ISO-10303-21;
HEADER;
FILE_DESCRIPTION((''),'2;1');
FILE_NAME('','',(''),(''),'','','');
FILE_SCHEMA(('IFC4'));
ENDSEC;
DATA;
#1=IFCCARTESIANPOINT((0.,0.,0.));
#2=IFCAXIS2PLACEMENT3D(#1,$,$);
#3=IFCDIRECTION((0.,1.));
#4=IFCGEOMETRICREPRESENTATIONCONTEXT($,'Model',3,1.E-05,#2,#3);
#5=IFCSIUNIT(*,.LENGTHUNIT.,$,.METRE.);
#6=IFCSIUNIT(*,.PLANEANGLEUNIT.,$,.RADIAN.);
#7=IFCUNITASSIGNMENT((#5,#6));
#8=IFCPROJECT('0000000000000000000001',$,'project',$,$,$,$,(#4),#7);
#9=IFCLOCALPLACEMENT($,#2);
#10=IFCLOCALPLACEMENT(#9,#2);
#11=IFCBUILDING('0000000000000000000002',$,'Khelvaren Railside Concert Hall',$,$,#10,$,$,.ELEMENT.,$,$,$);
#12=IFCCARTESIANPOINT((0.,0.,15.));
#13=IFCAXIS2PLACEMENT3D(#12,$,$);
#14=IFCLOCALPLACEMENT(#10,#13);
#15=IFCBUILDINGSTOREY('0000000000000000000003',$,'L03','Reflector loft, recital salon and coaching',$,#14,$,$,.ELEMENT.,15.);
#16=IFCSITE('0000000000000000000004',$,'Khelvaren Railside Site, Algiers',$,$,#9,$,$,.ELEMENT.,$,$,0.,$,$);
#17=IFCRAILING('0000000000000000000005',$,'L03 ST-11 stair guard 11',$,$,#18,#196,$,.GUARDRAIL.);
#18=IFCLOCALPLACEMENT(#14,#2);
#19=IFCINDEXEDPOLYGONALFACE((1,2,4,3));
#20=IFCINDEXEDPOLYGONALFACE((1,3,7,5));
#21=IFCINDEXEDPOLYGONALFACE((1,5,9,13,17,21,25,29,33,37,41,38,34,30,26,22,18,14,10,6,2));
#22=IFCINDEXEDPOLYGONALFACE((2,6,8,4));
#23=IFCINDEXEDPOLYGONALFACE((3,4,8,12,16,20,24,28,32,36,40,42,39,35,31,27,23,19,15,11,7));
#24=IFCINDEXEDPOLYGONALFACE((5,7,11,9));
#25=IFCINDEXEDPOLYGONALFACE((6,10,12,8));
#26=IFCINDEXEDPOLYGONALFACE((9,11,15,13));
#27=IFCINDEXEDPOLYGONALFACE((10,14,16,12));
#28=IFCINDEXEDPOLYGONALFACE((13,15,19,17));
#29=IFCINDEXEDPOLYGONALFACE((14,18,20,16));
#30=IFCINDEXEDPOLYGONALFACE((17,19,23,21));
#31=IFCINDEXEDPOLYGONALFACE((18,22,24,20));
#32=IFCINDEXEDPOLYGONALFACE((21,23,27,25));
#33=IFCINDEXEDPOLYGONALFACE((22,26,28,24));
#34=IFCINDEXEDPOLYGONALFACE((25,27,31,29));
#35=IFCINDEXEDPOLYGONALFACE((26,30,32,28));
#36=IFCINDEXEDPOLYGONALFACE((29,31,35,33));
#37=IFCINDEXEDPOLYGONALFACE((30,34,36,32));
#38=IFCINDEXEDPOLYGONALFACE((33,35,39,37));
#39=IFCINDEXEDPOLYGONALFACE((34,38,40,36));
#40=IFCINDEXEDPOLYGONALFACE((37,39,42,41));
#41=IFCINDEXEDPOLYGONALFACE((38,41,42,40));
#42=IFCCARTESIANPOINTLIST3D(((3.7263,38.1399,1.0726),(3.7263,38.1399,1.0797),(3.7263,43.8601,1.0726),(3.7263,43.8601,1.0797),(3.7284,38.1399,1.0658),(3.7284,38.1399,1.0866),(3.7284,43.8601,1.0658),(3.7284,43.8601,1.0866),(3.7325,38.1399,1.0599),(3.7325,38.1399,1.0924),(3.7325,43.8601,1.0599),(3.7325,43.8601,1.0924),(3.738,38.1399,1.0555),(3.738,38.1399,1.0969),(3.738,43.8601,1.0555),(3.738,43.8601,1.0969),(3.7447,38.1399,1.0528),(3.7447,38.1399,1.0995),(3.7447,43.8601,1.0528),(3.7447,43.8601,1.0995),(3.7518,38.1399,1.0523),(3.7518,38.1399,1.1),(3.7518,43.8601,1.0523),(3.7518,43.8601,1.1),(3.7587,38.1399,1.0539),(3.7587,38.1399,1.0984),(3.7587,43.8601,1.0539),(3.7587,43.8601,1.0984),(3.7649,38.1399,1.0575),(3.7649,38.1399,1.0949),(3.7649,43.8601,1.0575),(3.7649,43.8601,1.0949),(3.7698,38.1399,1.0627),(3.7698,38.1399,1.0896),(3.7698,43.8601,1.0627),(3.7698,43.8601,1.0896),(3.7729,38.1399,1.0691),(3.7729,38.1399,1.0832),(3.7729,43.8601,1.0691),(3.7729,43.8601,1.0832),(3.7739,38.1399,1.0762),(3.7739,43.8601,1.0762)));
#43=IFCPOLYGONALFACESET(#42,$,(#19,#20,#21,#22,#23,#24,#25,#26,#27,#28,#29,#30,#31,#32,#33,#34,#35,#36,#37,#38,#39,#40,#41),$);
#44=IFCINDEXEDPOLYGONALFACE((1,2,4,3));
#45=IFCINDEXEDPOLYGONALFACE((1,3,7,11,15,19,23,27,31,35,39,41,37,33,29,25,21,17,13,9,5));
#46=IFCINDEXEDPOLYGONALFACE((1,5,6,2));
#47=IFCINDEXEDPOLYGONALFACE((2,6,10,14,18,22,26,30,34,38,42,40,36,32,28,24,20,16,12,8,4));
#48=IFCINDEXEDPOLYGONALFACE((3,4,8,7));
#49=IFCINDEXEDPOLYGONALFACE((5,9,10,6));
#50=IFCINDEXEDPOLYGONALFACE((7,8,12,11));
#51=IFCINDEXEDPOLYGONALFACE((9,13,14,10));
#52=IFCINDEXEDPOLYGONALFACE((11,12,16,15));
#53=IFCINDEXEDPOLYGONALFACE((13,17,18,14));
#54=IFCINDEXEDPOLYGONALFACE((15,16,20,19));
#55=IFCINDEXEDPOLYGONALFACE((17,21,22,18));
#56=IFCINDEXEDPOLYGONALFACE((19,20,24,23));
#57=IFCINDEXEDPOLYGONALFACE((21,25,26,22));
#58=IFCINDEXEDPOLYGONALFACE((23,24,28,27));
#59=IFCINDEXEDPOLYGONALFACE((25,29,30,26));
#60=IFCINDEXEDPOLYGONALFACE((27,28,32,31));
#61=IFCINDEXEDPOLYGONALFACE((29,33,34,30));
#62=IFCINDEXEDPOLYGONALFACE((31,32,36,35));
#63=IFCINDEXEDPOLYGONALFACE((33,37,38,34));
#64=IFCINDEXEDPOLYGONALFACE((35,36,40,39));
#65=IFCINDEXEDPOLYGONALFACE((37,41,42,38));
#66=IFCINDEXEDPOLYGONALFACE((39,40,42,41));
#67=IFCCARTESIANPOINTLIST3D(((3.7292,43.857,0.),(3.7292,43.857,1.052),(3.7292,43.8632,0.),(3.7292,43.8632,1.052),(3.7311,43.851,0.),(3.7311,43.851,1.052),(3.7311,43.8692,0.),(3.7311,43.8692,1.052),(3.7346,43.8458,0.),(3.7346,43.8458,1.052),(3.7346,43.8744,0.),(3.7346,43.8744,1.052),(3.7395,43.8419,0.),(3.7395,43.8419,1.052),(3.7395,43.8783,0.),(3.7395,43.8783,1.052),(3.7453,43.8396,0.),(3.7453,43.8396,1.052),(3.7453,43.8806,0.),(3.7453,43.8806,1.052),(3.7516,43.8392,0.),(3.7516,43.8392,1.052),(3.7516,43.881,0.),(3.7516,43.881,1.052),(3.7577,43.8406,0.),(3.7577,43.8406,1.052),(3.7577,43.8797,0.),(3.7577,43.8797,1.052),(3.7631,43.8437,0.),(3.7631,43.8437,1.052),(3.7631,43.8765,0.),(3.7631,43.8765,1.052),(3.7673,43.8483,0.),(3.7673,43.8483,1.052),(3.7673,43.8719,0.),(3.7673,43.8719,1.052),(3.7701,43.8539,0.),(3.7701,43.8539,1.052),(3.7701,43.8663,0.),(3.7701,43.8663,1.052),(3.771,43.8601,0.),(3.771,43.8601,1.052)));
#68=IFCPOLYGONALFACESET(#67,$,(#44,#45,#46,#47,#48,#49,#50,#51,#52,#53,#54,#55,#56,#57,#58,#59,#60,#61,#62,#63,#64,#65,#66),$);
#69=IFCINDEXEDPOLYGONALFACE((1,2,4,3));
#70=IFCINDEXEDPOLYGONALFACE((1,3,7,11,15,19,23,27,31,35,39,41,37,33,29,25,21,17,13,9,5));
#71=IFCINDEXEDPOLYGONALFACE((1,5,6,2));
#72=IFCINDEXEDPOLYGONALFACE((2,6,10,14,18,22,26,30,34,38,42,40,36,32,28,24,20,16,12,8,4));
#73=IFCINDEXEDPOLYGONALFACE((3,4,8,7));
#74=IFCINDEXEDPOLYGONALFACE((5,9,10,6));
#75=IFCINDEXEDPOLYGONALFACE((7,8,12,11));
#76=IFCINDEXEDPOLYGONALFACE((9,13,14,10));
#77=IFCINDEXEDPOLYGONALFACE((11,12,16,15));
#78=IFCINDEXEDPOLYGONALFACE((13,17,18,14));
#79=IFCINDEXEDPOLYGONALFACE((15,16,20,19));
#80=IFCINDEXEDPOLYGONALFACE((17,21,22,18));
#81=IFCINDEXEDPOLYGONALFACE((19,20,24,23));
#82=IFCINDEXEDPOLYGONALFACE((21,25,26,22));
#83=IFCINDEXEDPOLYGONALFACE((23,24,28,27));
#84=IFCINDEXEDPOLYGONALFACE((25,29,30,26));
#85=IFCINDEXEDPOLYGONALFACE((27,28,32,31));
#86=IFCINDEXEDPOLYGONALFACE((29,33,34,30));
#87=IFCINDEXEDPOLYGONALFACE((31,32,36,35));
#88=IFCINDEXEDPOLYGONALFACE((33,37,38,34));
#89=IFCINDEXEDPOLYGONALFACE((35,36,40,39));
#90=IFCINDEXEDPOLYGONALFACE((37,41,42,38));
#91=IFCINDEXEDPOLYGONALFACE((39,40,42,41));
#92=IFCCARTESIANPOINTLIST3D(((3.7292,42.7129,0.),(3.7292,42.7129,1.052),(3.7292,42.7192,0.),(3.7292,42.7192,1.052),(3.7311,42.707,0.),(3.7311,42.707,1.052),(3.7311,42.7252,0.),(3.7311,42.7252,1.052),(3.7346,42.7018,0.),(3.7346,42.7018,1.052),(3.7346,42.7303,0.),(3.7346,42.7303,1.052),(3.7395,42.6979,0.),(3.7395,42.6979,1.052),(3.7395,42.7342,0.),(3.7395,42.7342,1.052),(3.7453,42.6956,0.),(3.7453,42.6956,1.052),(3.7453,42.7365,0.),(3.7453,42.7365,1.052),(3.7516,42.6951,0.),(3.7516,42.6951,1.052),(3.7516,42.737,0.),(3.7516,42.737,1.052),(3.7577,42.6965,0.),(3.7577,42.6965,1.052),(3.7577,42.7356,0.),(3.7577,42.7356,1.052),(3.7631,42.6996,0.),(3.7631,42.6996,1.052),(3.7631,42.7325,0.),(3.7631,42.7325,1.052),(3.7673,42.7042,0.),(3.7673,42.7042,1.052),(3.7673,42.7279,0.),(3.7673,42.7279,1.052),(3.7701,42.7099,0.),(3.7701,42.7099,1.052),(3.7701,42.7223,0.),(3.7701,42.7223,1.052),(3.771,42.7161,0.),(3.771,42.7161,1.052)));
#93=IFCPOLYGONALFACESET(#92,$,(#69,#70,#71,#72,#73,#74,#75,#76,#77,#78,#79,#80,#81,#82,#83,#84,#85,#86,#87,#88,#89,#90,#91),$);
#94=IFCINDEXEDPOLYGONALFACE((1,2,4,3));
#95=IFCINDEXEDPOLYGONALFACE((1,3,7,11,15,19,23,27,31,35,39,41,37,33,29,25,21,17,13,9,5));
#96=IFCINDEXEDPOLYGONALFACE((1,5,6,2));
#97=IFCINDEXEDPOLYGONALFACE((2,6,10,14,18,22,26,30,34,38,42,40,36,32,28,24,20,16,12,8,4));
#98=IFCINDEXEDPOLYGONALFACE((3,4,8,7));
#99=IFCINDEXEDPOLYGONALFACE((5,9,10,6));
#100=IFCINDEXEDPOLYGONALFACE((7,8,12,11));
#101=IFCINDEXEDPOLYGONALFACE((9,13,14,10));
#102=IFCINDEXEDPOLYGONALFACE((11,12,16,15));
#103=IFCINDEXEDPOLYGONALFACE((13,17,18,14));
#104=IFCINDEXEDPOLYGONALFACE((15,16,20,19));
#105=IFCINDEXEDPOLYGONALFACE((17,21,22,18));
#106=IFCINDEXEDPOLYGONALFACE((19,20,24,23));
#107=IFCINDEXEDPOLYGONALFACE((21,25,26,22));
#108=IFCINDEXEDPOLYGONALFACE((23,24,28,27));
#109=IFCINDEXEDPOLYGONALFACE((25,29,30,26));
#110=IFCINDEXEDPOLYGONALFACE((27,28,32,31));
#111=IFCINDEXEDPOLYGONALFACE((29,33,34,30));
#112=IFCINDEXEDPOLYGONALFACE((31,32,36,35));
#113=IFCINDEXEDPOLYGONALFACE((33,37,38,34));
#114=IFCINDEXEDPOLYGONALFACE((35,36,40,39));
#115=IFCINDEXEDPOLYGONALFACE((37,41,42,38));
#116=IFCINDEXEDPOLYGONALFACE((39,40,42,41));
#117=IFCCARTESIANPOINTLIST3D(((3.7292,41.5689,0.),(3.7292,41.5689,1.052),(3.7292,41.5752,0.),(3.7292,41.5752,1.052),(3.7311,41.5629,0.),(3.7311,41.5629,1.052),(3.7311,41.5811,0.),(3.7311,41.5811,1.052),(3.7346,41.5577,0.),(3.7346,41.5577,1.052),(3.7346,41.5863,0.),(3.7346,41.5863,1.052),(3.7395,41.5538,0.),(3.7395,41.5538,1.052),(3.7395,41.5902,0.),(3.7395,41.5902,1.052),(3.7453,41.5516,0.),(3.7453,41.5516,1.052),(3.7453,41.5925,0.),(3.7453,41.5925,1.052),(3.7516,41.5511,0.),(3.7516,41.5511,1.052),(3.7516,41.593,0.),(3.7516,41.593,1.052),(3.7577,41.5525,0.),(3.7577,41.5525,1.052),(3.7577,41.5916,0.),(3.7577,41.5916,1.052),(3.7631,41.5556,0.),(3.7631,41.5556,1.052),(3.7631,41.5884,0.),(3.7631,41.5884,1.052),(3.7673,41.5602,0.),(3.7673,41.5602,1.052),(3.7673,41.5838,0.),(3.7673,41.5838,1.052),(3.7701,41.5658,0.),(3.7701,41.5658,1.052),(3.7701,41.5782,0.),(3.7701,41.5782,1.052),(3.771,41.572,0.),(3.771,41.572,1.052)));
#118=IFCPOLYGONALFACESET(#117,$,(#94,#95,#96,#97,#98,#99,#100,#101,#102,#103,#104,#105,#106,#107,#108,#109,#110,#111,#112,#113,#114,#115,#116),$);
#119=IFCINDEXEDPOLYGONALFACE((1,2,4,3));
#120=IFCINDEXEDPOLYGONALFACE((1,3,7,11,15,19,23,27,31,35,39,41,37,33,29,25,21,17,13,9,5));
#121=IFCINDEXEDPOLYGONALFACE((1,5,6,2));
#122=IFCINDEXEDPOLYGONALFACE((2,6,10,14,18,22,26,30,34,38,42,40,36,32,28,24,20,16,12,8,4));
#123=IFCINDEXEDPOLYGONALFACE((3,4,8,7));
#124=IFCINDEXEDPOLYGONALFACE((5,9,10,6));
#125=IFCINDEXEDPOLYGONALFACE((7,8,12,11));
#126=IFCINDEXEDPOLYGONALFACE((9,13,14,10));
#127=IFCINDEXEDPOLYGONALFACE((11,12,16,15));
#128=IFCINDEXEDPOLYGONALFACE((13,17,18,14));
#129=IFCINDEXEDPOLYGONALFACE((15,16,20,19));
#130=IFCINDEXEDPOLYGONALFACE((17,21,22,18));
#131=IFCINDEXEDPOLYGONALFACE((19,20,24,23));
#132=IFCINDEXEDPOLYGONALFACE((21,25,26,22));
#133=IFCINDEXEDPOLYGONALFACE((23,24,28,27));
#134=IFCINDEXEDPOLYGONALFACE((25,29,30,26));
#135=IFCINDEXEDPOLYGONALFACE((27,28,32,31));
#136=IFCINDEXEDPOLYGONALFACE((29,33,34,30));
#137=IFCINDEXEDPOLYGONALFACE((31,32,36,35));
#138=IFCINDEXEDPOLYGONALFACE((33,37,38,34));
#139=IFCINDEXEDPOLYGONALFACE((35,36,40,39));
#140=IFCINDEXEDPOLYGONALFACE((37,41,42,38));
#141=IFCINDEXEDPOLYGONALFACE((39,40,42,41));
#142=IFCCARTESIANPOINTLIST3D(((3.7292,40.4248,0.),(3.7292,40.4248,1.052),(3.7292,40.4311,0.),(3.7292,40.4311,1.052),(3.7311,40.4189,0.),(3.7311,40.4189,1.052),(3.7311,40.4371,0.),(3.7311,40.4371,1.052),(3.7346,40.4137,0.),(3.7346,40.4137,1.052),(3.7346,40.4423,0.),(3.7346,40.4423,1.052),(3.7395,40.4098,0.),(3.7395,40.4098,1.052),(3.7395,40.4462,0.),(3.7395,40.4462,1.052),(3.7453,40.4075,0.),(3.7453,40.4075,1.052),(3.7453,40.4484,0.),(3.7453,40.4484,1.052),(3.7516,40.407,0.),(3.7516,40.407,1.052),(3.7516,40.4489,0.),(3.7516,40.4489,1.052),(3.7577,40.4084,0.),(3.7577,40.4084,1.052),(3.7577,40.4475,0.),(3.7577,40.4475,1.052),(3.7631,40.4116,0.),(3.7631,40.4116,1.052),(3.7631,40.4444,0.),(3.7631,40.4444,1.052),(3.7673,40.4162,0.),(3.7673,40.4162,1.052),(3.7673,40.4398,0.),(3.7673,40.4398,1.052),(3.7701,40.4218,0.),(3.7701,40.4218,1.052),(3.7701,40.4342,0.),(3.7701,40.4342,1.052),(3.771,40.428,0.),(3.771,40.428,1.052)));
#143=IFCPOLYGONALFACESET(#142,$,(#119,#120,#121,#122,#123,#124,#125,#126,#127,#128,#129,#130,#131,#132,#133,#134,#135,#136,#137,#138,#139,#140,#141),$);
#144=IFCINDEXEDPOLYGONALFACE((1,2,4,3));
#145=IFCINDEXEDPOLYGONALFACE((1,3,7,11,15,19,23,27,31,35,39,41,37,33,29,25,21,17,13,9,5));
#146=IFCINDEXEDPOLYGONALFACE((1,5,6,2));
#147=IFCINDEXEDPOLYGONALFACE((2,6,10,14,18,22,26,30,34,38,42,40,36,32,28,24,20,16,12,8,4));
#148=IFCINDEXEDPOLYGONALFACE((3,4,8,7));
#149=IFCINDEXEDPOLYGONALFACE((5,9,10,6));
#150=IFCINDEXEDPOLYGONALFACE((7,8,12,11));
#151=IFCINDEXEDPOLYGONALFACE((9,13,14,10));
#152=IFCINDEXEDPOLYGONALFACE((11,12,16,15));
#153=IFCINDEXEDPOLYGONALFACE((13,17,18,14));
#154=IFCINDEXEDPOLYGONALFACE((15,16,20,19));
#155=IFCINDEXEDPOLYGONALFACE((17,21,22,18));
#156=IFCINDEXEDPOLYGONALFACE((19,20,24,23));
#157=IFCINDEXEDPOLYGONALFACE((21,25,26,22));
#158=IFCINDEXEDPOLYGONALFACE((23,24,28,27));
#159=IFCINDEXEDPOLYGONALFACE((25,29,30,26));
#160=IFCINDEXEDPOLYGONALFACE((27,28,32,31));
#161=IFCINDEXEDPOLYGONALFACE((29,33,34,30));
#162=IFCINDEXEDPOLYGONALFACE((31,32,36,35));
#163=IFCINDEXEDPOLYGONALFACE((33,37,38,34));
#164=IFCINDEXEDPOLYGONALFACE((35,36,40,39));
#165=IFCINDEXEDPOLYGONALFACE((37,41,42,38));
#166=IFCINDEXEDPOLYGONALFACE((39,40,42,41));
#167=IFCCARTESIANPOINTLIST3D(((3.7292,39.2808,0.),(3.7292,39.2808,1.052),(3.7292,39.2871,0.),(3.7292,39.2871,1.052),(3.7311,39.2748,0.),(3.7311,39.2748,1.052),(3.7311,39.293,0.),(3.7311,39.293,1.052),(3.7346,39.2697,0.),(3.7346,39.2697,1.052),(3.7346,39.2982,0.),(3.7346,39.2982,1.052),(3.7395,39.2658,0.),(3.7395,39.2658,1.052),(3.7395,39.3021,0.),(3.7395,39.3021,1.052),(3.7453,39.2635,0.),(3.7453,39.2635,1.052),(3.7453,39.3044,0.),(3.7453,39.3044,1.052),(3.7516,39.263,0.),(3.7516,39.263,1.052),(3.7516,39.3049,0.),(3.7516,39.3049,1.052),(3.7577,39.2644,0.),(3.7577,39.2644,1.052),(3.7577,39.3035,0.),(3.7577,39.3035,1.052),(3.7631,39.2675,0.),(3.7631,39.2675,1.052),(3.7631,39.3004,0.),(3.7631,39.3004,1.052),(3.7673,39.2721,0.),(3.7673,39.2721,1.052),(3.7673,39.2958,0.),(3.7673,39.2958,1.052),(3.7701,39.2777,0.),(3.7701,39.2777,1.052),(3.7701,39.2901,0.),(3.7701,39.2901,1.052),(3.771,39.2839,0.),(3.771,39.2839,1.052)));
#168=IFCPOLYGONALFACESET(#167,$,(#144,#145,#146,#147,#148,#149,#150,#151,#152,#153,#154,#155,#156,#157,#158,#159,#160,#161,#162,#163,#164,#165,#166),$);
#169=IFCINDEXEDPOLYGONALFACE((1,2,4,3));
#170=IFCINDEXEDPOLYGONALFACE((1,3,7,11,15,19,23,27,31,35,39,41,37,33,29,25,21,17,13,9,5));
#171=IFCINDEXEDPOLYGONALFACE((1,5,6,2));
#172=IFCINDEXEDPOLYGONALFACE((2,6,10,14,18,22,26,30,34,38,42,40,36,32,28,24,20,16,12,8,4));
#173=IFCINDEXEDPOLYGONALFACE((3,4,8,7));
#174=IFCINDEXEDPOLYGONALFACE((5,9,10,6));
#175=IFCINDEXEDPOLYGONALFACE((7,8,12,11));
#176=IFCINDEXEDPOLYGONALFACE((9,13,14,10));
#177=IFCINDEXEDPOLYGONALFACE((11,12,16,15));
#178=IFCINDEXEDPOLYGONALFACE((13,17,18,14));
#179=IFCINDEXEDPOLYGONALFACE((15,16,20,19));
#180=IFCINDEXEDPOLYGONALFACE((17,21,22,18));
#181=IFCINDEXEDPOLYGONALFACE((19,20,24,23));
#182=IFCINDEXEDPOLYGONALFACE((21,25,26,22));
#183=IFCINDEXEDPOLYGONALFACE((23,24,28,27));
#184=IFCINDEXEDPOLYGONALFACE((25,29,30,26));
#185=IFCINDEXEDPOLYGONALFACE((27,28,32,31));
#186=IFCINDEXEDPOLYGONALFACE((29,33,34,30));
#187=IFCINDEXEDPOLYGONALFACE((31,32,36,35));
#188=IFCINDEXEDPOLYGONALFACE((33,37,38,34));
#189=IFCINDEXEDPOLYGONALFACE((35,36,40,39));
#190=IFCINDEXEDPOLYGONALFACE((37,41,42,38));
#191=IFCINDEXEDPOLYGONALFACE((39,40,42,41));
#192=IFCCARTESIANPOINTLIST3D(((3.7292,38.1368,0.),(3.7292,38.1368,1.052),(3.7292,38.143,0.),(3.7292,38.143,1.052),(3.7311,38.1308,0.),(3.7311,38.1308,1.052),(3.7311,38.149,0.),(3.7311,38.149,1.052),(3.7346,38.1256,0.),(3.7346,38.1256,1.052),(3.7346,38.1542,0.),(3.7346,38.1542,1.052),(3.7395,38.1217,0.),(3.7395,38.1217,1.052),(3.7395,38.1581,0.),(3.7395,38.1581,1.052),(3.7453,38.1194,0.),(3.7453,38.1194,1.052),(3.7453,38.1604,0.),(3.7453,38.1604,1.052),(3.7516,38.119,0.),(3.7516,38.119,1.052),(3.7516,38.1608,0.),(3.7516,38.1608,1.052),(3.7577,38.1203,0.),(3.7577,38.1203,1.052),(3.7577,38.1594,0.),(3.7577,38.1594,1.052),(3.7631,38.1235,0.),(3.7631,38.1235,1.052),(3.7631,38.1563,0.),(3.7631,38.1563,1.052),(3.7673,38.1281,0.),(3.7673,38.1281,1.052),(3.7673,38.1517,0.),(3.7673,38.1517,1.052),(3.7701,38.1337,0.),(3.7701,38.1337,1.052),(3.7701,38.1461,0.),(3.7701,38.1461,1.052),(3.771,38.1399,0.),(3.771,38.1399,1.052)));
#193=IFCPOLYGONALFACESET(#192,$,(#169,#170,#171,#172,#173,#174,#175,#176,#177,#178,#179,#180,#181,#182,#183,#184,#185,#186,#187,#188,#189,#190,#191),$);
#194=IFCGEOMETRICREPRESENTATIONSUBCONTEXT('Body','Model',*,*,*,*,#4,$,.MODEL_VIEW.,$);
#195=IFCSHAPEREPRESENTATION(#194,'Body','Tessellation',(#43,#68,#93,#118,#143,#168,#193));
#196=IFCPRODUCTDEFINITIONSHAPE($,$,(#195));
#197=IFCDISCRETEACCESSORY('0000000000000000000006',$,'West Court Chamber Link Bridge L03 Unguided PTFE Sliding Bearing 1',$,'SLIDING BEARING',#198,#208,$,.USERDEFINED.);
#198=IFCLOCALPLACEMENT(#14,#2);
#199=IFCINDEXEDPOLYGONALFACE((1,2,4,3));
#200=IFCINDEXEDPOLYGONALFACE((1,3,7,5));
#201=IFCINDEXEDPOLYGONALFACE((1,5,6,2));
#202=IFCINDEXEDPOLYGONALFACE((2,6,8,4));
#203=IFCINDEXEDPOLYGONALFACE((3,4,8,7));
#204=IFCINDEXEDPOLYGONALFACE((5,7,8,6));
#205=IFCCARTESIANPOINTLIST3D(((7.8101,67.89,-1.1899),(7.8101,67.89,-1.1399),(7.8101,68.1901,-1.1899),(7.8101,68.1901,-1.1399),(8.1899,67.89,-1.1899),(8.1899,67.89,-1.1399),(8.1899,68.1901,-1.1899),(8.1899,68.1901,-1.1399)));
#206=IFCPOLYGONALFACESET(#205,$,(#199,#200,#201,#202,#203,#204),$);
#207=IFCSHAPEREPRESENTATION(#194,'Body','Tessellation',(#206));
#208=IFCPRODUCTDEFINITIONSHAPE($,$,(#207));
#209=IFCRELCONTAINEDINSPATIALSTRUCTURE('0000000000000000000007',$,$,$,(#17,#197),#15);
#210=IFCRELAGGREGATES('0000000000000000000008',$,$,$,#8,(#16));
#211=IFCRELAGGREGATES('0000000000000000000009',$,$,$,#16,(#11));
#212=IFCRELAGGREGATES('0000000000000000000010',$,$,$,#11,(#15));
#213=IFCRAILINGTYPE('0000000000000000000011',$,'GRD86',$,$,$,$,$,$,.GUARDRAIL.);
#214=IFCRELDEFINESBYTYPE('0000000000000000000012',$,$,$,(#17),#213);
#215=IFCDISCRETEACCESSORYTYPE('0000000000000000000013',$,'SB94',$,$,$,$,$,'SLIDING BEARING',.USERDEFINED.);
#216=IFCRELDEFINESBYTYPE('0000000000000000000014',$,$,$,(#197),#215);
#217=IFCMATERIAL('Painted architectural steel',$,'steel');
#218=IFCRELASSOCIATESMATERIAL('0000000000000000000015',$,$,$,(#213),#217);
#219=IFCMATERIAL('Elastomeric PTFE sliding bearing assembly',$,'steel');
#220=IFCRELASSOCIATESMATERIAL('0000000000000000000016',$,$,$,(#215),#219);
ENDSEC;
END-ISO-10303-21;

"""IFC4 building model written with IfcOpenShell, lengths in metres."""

from ifc_helpers import new_model, si_unit, direction, frame, origin, origin_2d, place, context, subcontext, project, spatial, rectangle, circle, extrude, material, type_object, element, save


model = new_model("IFC4")

# Units and contexts
model_context = context("Model", 3, precision=1e-05, world=origin(), true_north=direction((0.0, 1.0)))
body_context = subcontext(model_context, "Body", "Model", "MODEL_VIEW")
ifc_project = project(units=[si_unit("LENGTHUNIT", "METRE"), si_unit("PLANEANGLEUNIT", "RADIAN")], contexts=[model_context])

# Site, building, storey
site_placement = place(None, origin())
site = spatial("IfcSite", under=ifc_project, at=site_placement, Name="Khelvaren Railside Site, Algiers", CompositionType="ELEMENT", RefElevation=0.0)
building_placement = place(site_placement, origin())
building = spatial("IfcBuilding", under=site, at=building_placement, Name="Khelvaren Railside Concert Hall", CompositionType="ELEMENT")
storey_placement = place(building_placement, frame((0.0, 0.0, 15.0)))
storey = spatial("IfcBuildingStorey", under=building, at=storey_placement, Name="L03", Description="Reflector loft, recital salon and coaching", CompositionType="ELEMENT", Elevation=15.0)

# Railing
ifc_material_1 = material(Name="Painted architectural steel", Category="steel")
railing_type = type_object("IfcRailingType", Name="GRD86", PredefinedType="GUARDRAIL", material=ifc_material_1)
for number, where, name in (
    (1, (3.75, 43.8601, 0.0), "L03 ST-11 stair guard 11"),
):
    element("IfcRailing", number, at=place(storey_placement, frame(where)), inside=storey, type_object=railing_type, Name=name, PredefinedType="GUARDRAIL", context=body_context, shape_type="SweptSolid", body=[
        extrude(circle(Radius=0.0239, at=origin_2d()), frame((0.0, 0.0, 1.0762), z_axis=(0.0, -1.0, 0.0), x_axis=(1.0, 0.0, 0.0)), (0.0, 0.0, 1.0), 5.7202),
        extrude(circle(Radius=0.021, at=origin_2d()), origin(), (0.0, 0.0, 1.0), 1.052),
        extrude(circle(Radius=0.021, at=origin_2d()), frame((0.0, -1.144, 0.0)), (0.0, 0.0, 1.0), 1.052),
        extrude(circle(Radius=0.021, at=origin_2d()), frame((0.0, -2.2881, 0.0)), (0.0, 0.0, 1.0), 1.052),
        extrude(circle(Radius=0.021, at=origin_2d()), frame((0.0, -3.4321, 0.0)), (0.0, 0.0, 1.0), 1.052),
        extrude(circle(Radius=0.021, at=origin_2d()), frame((0.0, -4.5762, 0.0)), (0.0, 0.0, 1.0), 1.052),
        extrude(circle(Radius=0.021, at=origin_2d()), frame((0.0, -5.7202, 0.0)), (0.0, 0.0, 1.0), 1.052),
    ])

# Discrete accessory
ifc_material_2 = material(Name="Elastomeric PTFE sliding bearing assembly", Category="steel")
discrete_accessory_type = type_object("IfcDiscreteAccessoryType", Name="SB94", ElementType="SLIDING BEARING", PredefinedType="USERDEFINED", material=ifc_material_2)
discrete_accessory_placement = place(storey_placement, frame((8.0, 68.04, -1.1899), z_axis=(0.0, 0.0, 1.0), x_axis=(0.0, 1.0, 0.0)))
element("IfcDiscreteAccessory", 2, at=discrete_accessory_placement, inside=storey, type_object=discrete_accessory_type, Name="West Court Chamber Link Bridge L03 Unguided PTFE Sliding Bearing 1", ObjectType="SLIDING BEARING", PredefinedType="USERDEFINED", context=body_context, shape_type="SweptSolid", body=[
    extrude(rectangle(XDim=0.3, YDim=0.3799, at=origin_2d()), origin(), (0.0, 0.0, 1.0), 0.05),
])

save(model, "model.ifc")
